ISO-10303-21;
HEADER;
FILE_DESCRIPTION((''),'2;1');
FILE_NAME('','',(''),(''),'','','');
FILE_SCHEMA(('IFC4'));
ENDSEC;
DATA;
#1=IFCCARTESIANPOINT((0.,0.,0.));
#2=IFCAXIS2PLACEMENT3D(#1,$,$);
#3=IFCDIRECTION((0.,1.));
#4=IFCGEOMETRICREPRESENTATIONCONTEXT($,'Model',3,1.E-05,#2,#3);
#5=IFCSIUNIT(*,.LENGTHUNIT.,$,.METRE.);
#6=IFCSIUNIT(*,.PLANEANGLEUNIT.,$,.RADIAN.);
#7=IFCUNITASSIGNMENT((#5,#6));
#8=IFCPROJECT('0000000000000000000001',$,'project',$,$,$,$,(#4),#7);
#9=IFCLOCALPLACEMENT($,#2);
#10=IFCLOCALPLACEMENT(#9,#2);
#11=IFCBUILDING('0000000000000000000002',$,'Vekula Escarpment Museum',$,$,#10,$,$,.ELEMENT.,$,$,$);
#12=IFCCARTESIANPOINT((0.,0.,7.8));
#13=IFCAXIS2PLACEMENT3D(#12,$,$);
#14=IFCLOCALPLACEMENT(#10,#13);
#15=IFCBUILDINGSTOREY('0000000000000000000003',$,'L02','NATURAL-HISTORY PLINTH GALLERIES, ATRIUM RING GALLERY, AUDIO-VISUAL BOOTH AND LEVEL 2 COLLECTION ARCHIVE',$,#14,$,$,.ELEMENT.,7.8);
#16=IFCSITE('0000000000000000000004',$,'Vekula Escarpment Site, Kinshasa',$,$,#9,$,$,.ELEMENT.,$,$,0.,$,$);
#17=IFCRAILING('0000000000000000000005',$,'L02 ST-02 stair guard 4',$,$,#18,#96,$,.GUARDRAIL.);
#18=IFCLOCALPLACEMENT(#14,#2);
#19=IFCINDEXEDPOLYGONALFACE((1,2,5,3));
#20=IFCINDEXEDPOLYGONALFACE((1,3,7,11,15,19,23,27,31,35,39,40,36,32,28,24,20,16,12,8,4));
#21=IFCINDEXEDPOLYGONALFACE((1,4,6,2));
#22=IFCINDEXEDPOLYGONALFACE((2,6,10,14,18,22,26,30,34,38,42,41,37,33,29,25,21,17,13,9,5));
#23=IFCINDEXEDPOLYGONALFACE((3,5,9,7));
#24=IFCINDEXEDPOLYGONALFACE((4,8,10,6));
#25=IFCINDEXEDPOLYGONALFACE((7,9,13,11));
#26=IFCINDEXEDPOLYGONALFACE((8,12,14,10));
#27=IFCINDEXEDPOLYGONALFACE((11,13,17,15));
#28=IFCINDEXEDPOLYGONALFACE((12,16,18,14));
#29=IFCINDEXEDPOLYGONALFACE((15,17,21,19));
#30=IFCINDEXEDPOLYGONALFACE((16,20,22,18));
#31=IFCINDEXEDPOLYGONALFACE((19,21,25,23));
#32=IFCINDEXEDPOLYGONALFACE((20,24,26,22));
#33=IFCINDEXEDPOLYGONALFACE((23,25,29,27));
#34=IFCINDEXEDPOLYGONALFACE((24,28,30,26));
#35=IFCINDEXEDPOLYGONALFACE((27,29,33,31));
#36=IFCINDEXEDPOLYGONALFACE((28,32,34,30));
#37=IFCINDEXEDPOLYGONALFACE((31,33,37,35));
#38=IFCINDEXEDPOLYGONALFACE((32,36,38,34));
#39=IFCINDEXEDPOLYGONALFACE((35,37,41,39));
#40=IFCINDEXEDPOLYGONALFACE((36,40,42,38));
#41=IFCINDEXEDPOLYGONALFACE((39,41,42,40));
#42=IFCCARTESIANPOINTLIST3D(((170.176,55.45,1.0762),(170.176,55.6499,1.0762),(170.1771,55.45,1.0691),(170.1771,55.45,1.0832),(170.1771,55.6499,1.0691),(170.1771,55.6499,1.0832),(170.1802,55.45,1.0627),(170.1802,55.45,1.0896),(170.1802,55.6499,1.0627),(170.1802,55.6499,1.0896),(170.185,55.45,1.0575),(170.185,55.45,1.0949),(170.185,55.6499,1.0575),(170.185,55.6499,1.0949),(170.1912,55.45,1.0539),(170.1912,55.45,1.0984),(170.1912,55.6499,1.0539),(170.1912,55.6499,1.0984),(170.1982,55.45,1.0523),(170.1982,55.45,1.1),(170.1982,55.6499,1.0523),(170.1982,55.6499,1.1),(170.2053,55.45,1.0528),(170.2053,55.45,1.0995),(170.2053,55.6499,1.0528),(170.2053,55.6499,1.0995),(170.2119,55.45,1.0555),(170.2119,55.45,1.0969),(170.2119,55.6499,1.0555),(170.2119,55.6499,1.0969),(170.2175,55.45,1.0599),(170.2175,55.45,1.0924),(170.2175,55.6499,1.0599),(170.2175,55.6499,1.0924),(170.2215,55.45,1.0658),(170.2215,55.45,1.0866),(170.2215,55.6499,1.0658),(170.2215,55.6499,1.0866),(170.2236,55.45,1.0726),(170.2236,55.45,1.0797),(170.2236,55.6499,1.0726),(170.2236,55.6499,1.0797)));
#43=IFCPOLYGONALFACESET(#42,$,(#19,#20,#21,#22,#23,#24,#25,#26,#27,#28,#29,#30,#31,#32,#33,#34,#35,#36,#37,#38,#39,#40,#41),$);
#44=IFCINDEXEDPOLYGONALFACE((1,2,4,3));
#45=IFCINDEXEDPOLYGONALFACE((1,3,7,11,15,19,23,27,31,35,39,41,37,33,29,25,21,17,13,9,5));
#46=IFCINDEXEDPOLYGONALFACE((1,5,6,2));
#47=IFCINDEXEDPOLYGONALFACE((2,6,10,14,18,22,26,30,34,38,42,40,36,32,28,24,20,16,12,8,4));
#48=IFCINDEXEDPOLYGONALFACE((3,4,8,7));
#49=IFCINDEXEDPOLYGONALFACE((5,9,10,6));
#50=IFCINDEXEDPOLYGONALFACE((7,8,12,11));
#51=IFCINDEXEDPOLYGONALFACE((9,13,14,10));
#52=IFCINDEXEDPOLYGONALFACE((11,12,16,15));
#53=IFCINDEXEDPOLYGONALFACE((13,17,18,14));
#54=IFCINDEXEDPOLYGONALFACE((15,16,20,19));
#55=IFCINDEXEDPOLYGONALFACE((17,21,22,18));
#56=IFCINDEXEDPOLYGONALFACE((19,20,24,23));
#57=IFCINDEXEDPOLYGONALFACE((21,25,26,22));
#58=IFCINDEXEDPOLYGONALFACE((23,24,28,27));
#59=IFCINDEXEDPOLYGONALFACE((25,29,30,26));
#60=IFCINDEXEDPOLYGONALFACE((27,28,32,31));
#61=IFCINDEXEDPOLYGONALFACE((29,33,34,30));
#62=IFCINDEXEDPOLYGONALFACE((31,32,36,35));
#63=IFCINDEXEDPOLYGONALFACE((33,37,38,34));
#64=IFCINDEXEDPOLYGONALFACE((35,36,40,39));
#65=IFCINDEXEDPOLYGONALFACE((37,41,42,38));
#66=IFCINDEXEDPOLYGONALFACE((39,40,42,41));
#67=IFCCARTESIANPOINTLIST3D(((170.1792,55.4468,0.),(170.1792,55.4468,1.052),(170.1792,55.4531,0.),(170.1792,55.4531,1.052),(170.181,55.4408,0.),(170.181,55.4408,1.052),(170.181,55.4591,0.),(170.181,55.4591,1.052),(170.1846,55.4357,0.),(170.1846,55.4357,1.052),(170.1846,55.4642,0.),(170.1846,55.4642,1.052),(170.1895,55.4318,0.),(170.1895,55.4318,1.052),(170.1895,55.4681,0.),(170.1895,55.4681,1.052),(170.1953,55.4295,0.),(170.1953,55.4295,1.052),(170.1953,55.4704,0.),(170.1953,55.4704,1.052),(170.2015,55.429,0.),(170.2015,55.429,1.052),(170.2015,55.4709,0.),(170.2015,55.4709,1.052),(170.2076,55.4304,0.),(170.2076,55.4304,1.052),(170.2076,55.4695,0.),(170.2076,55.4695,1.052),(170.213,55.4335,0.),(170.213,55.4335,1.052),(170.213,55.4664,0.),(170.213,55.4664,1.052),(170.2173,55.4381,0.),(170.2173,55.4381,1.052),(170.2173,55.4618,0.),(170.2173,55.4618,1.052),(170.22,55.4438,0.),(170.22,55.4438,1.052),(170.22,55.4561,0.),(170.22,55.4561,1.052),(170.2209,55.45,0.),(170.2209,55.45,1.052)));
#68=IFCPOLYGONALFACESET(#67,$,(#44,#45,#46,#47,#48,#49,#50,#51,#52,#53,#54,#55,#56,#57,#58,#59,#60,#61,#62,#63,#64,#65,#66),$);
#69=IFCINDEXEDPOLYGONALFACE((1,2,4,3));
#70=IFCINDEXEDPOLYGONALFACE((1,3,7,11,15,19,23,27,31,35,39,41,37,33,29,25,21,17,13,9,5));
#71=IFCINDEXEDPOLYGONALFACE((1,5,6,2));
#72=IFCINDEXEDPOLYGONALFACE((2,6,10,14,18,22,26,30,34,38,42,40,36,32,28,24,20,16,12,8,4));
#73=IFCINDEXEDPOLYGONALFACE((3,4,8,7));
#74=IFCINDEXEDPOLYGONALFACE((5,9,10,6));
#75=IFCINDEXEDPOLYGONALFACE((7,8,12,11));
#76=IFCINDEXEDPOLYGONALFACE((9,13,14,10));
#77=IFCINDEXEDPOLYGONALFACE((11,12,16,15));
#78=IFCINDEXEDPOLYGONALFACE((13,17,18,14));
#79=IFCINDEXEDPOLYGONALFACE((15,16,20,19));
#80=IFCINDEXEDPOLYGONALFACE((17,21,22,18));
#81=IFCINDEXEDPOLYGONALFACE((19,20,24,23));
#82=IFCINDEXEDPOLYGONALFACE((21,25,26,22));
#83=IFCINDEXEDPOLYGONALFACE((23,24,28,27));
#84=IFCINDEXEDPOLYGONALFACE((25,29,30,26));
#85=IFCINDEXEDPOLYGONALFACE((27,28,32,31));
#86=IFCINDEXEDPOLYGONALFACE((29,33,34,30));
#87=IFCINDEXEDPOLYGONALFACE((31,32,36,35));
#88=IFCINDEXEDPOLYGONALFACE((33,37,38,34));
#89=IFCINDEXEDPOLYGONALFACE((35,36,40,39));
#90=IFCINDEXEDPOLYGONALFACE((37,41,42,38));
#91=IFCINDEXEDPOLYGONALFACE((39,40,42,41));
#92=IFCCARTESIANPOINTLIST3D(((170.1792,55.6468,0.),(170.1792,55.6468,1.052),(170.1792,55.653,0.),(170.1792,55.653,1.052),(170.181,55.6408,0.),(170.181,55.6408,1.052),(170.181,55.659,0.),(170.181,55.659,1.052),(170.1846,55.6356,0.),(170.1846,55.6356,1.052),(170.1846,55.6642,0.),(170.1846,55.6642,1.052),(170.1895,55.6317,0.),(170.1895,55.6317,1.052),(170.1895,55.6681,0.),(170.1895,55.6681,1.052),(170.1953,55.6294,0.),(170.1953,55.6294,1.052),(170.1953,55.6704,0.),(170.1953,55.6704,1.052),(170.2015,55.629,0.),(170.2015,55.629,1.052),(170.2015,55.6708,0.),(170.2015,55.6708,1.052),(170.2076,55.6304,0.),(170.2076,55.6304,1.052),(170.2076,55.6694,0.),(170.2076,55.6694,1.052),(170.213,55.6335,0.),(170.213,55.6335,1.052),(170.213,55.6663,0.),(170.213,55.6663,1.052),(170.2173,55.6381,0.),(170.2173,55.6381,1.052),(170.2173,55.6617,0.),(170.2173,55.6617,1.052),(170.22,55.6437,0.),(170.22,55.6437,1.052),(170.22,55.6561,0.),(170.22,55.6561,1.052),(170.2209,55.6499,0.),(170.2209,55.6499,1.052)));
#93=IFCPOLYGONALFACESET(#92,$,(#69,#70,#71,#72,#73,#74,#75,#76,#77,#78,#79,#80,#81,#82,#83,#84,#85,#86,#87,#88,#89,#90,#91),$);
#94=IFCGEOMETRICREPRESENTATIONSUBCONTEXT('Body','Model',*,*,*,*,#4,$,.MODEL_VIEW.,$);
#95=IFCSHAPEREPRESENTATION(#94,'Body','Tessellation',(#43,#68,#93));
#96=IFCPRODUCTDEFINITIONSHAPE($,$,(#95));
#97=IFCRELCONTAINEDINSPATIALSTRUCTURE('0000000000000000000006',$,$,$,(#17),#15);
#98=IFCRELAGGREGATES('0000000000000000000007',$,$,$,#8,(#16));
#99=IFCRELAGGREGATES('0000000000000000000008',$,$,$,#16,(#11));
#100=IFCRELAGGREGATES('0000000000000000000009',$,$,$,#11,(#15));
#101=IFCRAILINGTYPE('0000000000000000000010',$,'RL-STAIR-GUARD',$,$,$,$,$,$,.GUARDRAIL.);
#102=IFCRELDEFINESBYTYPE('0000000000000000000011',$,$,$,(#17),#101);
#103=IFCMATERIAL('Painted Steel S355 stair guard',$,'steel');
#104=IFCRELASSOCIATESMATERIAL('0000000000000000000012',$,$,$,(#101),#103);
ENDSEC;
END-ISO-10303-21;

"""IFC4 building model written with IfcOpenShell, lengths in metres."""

from ifc_helpers import new_model, si_unit, direction, frame, origin, origin_2d, place, context, subcontext, project, spatial, circle, extrude, material, type_object, element, save


model = new_model("IFC4")

# Units and contexts
model_context = context("Model", 3, precision=1e-05, world=origin(), true_north=direction((0.0, 1.0)))
body_context = subcontext(model_context, "Body", "Model", "MODEL_VIEW")
ifc_project = project(units=[si_unit("LENGTHUNIT", "METRE"), si_unit("PLANEANGLEUNIT", "RADIAN")], contexts=[model_context])

# Site, building, storey
site_placement = place(None, origin())
site = spatial("IfcSite", under=ifc_project, at=site_placement, Name="Vekula Escarpment Site, Kinshasa", CompositionType="ELEMENT", RefElevation=0.0)
building_placement = place(site_placement, origin())
building = spatial("IfcBuilding", under=site, at=building_placement, Name="Vekula Escarpment Museum", CompositionType="ELEMENT")
storey_placement = place(building_placement, frame((0.0, 0.0, 7.8)))
storey = spatial("IfcBuildingStorey", under=building, at=storey_placement, Name="L02", Description="NATURAL-HISTORY PLINTH GALLERIES, ATRIUM RING GALLERY, AUDIO-VISUAL BOOTH AND LEVEL 2 COLLECTION ARCHIVE", CompositionType="ELEMENT", Elevation=7.8)

# Railing
ifc_material_1 = material(Name="Painted Steel S355 stair guard", Category="steel")
railing_type_1 = type_object("IfcRailingType", Name="RL-STAIR-GUARD", PredefinedType="GUARDRAIL", material=ifc_material_1)
railing_1_placement = place(storey_placement, frame((170.2, 55.45, 0.0)))
element("IfcRailing", 1, at=railing_1_placement, inside=storey, type_object=railing_type_1, Name="L02 ST-02 stair guard 4", PredefinedType="GUARDRAIL", context=body_context, shape_type="SweptSolid", body=[
    extrude(circle(Radius=0.0239, at=origin_2d()), frame((0.0, 0.0, 1.0762), z_axis=(0.0, 1.0, 0.0), x_axis=(-1.0, 0.0, 0.0)), (0.0, 0.0, 1.0), 0.2),
    extrude(circle(Radius=0.021, at=origin_2d()), origin(), (0.0, 0.0, 1.0), 1.052),
    extrude(circle(Radius=0.021, at=origin_2d()), frame((0.0, 0.2, 0.0)), (0.0, 0.0, 1.0), 1.052),
])

save(model, "model.ifc")
